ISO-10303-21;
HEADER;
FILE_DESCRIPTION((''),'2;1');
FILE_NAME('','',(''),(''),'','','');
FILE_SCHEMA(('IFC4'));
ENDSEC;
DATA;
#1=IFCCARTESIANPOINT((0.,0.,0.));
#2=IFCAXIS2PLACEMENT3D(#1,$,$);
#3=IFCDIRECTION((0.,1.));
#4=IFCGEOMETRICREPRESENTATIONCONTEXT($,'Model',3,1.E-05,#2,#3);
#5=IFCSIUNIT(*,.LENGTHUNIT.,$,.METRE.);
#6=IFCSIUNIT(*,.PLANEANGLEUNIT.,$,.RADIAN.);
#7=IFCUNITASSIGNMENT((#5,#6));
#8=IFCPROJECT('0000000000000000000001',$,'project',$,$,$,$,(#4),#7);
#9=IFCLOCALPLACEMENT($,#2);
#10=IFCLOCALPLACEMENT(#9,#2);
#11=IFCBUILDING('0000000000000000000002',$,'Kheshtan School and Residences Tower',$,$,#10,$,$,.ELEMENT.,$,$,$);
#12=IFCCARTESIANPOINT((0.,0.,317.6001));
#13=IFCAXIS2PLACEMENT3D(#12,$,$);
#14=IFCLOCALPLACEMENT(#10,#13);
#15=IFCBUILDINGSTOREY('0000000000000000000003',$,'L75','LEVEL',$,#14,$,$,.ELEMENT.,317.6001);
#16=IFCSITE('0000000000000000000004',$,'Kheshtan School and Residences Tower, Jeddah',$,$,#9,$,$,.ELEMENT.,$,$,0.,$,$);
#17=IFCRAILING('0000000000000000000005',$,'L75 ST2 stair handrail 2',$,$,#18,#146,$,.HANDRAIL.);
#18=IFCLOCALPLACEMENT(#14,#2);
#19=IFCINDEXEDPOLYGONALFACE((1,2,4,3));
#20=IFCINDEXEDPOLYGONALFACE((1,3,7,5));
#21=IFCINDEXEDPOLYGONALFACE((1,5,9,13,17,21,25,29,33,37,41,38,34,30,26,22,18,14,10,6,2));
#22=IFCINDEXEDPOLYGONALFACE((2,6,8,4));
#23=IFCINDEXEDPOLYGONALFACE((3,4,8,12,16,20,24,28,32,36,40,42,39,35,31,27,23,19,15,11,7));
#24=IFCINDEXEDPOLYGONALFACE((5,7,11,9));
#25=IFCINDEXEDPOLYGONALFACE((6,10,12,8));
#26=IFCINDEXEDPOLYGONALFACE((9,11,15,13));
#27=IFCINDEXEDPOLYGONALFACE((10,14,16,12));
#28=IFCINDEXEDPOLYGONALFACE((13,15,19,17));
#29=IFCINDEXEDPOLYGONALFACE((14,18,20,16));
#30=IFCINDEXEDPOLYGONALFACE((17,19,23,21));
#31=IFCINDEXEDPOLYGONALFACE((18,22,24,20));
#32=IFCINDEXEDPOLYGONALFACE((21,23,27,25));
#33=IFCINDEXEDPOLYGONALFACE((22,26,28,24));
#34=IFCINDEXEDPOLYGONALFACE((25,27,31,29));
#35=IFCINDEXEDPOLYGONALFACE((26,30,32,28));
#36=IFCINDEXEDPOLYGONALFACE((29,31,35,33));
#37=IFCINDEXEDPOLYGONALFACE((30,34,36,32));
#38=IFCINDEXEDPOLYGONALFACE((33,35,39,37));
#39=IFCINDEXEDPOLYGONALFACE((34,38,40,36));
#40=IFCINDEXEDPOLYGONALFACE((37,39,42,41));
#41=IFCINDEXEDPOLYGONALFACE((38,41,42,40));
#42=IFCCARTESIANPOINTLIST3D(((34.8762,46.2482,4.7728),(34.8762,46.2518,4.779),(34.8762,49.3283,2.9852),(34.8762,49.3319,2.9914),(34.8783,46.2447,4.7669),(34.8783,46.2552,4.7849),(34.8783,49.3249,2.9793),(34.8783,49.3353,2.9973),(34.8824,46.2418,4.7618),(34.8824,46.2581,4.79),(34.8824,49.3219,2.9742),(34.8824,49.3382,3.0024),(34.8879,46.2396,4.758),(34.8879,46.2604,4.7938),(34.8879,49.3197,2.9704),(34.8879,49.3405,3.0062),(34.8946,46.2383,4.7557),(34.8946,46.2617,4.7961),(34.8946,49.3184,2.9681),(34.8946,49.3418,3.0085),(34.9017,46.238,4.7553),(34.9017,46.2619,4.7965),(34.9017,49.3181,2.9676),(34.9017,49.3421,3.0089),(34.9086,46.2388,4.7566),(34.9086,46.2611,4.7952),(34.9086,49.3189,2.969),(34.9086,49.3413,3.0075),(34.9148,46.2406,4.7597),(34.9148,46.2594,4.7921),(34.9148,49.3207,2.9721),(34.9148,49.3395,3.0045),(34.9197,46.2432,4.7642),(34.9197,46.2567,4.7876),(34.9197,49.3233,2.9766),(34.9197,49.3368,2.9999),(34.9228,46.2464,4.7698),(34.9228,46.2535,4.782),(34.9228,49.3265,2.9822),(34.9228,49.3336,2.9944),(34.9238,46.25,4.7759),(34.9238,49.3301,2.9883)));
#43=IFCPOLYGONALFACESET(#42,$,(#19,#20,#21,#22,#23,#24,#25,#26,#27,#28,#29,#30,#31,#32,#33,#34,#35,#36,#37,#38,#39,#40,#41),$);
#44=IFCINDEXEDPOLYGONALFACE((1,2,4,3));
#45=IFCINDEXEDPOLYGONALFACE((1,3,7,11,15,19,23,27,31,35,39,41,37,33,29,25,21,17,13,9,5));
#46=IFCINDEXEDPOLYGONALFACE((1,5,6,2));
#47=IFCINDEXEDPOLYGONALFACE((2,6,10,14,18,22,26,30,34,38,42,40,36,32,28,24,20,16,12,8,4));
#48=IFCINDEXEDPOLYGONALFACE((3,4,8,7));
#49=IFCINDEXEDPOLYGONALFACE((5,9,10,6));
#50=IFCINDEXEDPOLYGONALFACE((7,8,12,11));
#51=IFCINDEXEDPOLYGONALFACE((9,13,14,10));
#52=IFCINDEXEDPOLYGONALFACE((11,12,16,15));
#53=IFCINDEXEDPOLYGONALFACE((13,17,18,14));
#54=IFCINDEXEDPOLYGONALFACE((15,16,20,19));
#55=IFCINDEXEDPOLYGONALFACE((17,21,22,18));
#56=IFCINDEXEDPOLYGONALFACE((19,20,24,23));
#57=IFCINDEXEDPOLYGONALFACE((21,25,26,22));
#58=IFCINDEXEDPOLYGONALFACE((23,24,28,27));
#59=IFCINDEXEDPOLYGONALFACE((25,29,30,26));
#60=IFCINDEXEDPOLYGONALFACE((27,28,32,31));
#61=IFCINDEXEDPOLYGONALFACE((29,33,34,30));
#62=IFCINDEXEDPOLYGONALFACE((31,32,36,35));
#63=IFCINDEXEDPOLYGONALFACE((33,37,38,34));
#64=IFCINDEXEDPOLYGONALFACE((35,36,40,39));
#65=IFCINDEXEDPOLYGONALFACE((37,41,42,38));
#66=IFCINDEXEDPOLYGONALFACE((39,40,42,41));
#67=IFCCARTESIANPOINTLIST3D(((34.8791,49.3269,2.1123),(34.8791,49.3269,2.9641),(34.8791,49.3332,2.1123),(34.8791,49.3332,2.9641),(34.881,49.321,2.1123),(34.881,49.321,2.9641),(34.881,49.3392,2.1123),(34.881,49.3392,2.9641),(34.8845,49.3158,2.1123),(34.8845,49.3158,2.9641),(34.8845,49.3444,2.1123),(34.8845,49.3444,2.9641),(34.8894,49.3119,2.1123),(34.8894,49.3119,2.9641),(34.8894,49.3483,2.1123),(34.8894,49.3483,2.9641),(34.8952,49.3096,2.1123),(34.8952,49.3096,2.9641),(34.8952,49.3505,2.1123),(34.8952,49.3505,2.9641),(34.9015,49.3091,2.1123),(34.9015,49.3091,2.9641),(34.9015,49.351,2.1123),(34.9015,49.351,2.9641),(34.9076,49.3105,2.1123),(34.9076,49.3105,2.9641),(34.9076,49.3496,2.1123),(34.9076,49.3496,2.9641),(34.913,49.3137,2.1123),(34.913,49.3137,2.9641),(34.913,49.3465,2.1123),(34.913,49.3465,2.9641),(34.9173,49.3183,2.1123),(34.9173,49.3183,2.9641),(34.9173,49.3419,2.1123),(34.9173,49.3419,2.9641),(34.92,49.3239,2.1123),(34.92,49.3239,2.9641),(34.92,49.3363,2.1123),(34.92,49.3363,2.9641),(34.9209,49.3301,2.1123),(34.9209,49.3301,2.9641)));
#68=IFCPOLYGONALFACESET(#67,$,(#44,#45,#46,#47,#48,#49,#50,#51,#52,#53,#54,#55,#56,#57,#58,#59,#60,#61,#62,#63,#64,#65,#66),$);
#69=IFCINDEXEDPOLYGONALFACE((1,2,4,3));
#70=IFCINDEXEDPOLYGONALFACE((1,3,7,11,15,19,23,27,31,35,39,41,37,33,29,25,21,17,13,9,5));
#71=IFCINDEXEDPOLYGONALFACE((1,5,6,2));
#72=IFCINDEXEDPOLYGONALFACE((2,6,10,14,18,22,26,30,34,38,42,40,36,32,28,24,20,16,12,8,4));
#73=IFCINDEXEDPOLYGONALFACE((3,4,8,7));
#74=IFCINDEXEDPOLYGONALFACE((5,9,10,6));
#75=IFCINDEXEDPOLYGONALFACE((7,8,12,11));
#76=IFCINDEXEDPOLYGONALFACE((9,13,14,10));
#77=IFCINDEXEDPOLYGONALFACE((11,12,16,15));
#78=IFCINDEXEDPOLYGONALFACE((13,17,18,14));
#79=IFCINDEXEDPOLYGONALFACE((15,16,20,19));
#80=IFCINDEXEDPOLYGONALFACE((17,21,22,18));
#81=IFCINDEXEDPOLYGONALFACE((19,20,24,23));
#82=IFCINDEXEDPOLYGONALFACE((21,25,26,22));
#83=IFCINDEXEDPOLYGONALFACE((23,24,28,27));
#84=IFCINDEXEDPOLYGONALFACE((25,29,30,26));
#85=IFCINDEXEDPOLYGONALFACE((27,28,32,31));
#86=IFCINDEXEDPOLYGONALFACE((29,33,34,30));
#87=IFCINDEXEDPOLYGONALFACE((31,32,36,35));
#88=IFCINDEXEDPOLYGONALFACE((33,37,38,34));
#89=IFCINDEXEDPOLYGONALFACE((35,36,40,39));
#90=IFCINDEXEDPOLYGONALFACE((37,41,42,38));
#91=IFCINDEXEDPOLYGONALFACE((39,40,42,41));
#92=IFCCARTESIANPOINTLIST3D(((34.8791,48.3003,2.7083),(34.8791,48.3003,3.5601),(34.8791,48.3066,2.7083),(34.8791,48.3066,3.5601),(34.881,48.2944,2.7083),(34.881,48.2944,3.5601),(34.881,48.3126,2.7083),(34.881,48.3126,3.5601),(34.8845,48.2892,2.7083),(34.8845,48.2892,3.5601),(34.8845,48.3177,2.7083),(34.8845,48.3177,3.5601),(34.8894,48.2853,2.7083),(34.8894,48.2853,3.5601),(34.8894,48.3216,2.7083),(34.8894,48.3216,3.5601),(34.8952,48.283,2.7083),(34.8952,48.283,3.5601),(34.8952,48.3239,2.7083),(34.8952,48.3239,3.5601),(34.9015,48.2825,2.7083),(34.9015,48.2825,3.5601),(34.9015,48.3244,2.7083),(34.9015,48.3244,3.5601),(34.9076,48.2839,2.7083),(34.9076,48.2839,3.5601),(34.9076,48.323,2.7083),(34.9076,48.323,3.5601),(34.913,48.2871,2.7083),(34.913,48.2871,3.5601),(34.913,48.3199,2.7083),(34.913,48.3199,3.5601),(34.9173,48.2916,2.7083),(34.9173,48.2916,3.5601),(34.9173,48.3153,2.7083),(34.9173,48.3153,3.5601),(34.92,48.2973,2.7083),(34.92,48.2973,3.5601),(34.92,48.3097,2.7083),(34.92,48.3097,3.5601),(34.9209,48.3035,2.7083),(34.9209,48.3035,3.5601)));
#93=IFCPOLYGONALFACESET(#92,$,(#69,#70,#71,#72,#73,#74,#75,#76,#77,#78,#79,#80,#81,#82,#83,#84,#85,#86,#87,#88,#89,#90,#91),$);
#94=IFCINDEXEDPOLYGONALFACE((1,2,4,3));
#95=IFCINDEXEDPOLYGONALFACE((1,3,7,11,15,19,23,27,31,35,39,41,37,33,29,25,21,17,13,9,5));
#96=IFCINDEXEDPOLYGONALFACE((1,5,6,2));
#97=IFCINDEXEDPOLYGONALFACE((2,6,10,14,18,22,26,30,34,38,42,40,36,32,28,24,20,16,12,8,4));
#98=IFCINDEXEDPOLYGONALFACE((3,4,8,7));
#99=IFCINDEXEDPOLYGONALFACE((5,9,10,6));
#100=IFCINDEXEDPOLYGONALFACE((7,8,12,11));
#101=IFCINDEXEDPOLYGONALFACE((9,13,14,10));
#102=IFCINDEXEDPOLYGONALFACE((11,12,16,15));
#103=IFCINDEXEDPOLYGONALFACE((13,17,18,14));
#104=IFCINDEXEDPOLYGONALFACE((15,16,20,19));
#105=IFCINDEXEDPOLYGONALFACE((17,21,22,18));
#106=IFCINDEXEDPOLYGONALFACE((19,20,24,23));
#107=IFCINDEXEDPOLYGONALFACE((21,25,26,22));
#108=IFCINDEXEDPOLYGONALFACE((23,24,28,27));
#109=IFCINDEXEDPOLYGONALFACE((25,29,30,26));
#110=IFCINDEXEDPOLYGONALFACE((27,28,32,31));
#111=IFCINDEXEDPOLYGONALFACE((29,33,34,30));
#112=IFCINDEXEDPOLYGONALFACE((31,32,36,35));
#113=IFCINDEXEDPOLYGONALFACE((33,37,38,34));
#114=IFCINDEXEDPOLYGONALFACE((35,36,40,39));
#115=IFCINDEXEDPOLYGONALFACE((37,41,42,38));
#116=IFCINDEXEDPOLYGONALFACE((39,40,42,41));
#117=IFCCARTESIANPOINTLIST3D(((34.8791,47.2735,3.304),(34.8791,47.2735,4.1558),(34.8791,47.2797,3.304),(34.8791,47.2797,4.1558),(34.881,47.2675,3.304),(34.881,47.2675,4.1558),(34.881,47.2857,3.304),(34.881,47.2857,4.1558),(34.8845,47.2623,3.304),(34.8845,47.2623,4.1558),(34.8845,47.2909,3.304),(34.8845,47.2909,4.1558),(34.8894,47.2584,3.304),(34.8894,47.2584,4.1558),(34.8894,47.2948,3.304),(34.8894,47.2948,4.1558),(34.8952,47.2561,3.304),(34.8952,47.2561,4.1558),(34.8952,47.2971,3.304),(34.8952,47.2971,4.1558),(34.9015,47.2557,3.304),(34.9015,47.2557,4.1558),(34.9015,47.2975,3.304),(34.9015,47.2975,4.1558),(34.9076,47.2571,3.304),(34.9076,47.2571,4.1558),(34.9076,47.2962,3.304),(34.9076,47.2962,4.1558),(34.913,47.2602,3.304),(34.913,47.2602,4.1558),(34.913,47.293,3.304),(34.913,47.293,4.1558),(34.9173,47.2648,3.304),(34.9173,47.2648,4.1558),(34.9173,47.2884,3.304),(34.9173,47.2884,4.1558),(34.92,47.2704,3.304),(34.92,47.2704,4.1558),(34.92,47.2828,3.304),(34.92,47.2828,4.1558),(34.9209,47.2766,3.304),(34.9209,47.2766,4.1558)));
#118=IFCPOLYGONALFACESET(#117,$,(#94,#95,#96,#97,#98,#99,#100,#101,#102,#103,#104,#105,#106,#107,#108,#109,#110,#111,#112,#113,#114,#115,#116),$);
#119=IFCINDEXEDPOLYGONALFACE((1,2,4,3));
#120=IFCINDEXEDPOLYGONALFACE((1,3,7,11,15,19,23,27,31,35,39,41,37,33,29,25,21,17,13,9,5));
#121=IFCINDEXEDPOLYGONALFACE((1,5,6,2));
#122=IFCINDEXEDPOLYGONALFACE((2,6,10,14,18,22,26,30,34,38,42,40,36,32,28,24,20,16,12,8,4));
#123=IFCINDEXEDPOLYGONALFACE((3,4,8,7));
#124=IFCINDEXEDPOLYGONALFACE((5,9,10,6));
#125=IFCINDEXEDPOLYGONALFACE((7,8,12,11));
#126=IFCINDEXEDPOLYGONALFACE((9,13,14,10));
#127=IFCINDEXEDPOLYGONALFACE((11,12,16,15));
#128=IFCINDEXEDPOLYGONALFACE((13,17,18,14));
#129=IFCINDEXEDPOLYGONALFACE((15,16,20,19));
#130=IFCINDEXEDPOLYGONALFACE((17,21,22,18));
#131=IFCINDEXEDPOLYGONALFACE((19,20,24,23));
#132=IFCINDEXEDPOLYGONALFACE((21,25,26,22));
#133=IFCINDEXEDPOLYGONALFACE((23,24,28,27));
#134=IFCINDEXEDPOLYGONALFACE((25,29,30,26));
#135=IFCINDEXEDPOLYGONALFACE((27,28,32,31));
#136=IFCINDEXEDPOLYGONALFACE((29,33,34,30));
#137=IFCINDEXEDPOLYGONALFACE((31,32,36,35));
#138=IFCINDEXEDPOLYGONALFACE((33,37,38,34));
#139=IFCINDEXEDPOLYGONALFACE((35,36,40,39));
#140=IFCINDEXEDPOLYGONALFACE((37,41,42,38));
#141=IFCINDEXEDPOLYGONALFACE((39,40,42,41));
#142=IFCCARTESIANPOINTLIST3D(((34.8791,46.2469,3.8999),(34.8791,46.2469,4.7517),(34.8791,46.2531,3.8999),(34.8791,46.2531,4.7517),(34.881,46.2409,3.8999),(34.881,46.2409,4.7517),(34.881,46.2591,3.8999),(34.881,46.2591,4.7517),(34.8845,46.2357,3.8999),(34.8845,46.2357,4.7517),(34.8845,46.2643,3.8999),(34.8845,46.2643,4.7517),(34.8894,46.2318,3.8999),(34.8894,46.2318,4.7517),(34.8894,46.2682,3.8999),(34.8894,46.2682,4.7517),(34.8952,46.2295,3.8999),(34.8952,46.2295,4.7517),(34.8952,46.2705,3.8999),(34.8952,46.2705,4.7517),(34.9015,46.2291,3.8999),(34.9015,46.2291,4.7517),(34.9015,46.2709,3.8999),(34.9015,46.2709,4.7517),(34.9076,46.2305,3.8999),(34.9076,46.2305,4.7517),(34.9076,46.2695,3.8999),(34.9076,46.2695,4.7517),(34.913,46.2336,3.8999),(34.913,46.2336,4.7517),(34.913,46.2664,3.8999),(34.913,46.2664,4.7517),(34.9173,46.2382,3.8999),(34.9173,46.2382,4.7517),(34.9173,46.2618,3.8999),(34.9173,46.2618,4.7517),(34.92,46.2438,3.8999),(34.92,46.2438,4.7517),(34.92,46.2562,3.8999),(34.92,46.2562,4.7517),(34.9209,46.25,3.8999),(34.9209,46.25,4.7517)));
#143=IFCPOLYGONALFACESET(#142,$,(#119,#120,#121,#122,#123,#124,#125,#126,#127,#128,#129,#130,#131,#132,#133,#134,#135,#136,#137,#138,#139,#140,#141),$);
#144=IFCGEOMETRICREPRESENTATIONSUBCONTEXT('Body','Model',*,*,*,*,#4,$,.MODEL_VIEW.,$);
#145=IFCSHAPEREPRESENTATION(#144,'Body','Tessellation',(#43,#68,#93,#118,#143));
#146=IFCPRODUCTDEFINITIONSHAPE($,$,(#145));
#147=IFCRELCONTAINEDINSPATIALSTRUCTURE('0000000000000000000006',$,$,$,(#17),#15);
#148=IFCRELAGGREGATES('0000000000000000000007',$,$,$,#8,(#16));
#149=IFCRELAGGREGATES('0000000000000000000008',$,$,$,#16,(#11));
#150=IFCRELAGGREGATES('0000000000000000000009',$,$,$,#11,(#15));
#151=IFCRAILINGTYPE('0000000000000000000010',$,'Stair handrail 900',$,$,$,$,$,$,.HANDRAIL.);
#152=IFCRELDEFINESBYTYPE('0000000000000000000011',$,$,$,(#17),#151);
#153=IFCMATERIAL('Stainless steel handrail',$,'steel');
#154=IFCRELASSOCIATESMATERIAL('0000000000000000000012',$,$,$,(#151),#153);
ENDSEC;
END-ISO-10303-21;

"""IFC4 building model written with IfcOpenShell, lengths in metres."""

from ifc_helpers import new_model, si_unit, direction, frame, origin, origin_2d, place, context, subcontext, project, spatial, circle, extrude, material, type_object, element, save


model = new_model("IFC4")

# Units and contexts
model_context = context("Model", 3, precision=1e-05, world=origin(), true_north=direction((0.0, 1.0)))
body_context = subcontext(model_context, "Body", "Model", "MODEL_VIEW")
ifc_project = project(units=[si_unit("LENGTHUNIT", "METRE"), si_unit("PLANEANGLEUNIT", "RADIAN")], contexts=[model_context])

# Site, building, storey
site_placement = place(None, origin())
site = spatial("IfcSite", under=ifc_project, at=site_placement, Name="Kheshtan School and Residences Tower, Jeddah", CompositionType="ELEMENT", RefElevation=0.0)
building_placement = place(site_placement, origin())
building = spatial("IfcBuilding", under=site, at=building_placement, Name="Kheshtan School and Residences Tower", CompositionType="ELEMENT")
storey_placement = place(building_placement, frame((0.0, 0.0, 317.6001)))
storey = spatial("IfcBuildingStorey", under=building, at=storey_placement, Name="L75", Description="LEVEL", CompositionType="ELEMENT", Elevation=317.6001)

# Railing
ifc_material_1 = material(Name="Stainless steel handrail", Category="steel")
railing_type_1 = type_object("IfcRailingType", Name="Stair handrail 900", PredefinedType="HANDRAIL", material=ifc_material_1)
railing_1_placement = place(storey_placement, frame((34.8999, 49.3301, 2.1123)))
element("IfcRailing", 1, at=railing_1_placement, inside=storey, type_object=railing_type_1, Name="L75 ST2 stair handrail 2", PredefinedType="HANDRAIL", context=body_context, shape_type="SweptSolid", body=[
    extrude(circle(Radius=0.0239, at=origin_2d()), frame((0.0, 0.0, 0.876), z_axis=(0.0, -0.864891, 0.50196), x_axis=(1.0, 0.0, 0.0)), (0.0, 0.0, 1.0), 3.5613),
    extrude(circle(Radius=0.021, at=origin_2d()), origin(), (0.0, 0.0, 1.0), 0.8518),
    extrude(circle(Radius=0.021, at=origin_2d()), frame((0.0, -1.0266, 0.5959)), (0.0, 0.0, 1.0), 0.8518),
    extrude(circle(Radius=0.021, at=origin_2d()), frame((0.0, -2.0535, 1.1917)), (0.0, 0.0, 1.0), 0.8518),
    extrude(circle(Radius=0.021, at=origin_2d()), frame((0.0, -3.0801, 1.7876)), (0.0, 0.0, 1.0), 0.8518),
])

save(model, "model.ifc")
